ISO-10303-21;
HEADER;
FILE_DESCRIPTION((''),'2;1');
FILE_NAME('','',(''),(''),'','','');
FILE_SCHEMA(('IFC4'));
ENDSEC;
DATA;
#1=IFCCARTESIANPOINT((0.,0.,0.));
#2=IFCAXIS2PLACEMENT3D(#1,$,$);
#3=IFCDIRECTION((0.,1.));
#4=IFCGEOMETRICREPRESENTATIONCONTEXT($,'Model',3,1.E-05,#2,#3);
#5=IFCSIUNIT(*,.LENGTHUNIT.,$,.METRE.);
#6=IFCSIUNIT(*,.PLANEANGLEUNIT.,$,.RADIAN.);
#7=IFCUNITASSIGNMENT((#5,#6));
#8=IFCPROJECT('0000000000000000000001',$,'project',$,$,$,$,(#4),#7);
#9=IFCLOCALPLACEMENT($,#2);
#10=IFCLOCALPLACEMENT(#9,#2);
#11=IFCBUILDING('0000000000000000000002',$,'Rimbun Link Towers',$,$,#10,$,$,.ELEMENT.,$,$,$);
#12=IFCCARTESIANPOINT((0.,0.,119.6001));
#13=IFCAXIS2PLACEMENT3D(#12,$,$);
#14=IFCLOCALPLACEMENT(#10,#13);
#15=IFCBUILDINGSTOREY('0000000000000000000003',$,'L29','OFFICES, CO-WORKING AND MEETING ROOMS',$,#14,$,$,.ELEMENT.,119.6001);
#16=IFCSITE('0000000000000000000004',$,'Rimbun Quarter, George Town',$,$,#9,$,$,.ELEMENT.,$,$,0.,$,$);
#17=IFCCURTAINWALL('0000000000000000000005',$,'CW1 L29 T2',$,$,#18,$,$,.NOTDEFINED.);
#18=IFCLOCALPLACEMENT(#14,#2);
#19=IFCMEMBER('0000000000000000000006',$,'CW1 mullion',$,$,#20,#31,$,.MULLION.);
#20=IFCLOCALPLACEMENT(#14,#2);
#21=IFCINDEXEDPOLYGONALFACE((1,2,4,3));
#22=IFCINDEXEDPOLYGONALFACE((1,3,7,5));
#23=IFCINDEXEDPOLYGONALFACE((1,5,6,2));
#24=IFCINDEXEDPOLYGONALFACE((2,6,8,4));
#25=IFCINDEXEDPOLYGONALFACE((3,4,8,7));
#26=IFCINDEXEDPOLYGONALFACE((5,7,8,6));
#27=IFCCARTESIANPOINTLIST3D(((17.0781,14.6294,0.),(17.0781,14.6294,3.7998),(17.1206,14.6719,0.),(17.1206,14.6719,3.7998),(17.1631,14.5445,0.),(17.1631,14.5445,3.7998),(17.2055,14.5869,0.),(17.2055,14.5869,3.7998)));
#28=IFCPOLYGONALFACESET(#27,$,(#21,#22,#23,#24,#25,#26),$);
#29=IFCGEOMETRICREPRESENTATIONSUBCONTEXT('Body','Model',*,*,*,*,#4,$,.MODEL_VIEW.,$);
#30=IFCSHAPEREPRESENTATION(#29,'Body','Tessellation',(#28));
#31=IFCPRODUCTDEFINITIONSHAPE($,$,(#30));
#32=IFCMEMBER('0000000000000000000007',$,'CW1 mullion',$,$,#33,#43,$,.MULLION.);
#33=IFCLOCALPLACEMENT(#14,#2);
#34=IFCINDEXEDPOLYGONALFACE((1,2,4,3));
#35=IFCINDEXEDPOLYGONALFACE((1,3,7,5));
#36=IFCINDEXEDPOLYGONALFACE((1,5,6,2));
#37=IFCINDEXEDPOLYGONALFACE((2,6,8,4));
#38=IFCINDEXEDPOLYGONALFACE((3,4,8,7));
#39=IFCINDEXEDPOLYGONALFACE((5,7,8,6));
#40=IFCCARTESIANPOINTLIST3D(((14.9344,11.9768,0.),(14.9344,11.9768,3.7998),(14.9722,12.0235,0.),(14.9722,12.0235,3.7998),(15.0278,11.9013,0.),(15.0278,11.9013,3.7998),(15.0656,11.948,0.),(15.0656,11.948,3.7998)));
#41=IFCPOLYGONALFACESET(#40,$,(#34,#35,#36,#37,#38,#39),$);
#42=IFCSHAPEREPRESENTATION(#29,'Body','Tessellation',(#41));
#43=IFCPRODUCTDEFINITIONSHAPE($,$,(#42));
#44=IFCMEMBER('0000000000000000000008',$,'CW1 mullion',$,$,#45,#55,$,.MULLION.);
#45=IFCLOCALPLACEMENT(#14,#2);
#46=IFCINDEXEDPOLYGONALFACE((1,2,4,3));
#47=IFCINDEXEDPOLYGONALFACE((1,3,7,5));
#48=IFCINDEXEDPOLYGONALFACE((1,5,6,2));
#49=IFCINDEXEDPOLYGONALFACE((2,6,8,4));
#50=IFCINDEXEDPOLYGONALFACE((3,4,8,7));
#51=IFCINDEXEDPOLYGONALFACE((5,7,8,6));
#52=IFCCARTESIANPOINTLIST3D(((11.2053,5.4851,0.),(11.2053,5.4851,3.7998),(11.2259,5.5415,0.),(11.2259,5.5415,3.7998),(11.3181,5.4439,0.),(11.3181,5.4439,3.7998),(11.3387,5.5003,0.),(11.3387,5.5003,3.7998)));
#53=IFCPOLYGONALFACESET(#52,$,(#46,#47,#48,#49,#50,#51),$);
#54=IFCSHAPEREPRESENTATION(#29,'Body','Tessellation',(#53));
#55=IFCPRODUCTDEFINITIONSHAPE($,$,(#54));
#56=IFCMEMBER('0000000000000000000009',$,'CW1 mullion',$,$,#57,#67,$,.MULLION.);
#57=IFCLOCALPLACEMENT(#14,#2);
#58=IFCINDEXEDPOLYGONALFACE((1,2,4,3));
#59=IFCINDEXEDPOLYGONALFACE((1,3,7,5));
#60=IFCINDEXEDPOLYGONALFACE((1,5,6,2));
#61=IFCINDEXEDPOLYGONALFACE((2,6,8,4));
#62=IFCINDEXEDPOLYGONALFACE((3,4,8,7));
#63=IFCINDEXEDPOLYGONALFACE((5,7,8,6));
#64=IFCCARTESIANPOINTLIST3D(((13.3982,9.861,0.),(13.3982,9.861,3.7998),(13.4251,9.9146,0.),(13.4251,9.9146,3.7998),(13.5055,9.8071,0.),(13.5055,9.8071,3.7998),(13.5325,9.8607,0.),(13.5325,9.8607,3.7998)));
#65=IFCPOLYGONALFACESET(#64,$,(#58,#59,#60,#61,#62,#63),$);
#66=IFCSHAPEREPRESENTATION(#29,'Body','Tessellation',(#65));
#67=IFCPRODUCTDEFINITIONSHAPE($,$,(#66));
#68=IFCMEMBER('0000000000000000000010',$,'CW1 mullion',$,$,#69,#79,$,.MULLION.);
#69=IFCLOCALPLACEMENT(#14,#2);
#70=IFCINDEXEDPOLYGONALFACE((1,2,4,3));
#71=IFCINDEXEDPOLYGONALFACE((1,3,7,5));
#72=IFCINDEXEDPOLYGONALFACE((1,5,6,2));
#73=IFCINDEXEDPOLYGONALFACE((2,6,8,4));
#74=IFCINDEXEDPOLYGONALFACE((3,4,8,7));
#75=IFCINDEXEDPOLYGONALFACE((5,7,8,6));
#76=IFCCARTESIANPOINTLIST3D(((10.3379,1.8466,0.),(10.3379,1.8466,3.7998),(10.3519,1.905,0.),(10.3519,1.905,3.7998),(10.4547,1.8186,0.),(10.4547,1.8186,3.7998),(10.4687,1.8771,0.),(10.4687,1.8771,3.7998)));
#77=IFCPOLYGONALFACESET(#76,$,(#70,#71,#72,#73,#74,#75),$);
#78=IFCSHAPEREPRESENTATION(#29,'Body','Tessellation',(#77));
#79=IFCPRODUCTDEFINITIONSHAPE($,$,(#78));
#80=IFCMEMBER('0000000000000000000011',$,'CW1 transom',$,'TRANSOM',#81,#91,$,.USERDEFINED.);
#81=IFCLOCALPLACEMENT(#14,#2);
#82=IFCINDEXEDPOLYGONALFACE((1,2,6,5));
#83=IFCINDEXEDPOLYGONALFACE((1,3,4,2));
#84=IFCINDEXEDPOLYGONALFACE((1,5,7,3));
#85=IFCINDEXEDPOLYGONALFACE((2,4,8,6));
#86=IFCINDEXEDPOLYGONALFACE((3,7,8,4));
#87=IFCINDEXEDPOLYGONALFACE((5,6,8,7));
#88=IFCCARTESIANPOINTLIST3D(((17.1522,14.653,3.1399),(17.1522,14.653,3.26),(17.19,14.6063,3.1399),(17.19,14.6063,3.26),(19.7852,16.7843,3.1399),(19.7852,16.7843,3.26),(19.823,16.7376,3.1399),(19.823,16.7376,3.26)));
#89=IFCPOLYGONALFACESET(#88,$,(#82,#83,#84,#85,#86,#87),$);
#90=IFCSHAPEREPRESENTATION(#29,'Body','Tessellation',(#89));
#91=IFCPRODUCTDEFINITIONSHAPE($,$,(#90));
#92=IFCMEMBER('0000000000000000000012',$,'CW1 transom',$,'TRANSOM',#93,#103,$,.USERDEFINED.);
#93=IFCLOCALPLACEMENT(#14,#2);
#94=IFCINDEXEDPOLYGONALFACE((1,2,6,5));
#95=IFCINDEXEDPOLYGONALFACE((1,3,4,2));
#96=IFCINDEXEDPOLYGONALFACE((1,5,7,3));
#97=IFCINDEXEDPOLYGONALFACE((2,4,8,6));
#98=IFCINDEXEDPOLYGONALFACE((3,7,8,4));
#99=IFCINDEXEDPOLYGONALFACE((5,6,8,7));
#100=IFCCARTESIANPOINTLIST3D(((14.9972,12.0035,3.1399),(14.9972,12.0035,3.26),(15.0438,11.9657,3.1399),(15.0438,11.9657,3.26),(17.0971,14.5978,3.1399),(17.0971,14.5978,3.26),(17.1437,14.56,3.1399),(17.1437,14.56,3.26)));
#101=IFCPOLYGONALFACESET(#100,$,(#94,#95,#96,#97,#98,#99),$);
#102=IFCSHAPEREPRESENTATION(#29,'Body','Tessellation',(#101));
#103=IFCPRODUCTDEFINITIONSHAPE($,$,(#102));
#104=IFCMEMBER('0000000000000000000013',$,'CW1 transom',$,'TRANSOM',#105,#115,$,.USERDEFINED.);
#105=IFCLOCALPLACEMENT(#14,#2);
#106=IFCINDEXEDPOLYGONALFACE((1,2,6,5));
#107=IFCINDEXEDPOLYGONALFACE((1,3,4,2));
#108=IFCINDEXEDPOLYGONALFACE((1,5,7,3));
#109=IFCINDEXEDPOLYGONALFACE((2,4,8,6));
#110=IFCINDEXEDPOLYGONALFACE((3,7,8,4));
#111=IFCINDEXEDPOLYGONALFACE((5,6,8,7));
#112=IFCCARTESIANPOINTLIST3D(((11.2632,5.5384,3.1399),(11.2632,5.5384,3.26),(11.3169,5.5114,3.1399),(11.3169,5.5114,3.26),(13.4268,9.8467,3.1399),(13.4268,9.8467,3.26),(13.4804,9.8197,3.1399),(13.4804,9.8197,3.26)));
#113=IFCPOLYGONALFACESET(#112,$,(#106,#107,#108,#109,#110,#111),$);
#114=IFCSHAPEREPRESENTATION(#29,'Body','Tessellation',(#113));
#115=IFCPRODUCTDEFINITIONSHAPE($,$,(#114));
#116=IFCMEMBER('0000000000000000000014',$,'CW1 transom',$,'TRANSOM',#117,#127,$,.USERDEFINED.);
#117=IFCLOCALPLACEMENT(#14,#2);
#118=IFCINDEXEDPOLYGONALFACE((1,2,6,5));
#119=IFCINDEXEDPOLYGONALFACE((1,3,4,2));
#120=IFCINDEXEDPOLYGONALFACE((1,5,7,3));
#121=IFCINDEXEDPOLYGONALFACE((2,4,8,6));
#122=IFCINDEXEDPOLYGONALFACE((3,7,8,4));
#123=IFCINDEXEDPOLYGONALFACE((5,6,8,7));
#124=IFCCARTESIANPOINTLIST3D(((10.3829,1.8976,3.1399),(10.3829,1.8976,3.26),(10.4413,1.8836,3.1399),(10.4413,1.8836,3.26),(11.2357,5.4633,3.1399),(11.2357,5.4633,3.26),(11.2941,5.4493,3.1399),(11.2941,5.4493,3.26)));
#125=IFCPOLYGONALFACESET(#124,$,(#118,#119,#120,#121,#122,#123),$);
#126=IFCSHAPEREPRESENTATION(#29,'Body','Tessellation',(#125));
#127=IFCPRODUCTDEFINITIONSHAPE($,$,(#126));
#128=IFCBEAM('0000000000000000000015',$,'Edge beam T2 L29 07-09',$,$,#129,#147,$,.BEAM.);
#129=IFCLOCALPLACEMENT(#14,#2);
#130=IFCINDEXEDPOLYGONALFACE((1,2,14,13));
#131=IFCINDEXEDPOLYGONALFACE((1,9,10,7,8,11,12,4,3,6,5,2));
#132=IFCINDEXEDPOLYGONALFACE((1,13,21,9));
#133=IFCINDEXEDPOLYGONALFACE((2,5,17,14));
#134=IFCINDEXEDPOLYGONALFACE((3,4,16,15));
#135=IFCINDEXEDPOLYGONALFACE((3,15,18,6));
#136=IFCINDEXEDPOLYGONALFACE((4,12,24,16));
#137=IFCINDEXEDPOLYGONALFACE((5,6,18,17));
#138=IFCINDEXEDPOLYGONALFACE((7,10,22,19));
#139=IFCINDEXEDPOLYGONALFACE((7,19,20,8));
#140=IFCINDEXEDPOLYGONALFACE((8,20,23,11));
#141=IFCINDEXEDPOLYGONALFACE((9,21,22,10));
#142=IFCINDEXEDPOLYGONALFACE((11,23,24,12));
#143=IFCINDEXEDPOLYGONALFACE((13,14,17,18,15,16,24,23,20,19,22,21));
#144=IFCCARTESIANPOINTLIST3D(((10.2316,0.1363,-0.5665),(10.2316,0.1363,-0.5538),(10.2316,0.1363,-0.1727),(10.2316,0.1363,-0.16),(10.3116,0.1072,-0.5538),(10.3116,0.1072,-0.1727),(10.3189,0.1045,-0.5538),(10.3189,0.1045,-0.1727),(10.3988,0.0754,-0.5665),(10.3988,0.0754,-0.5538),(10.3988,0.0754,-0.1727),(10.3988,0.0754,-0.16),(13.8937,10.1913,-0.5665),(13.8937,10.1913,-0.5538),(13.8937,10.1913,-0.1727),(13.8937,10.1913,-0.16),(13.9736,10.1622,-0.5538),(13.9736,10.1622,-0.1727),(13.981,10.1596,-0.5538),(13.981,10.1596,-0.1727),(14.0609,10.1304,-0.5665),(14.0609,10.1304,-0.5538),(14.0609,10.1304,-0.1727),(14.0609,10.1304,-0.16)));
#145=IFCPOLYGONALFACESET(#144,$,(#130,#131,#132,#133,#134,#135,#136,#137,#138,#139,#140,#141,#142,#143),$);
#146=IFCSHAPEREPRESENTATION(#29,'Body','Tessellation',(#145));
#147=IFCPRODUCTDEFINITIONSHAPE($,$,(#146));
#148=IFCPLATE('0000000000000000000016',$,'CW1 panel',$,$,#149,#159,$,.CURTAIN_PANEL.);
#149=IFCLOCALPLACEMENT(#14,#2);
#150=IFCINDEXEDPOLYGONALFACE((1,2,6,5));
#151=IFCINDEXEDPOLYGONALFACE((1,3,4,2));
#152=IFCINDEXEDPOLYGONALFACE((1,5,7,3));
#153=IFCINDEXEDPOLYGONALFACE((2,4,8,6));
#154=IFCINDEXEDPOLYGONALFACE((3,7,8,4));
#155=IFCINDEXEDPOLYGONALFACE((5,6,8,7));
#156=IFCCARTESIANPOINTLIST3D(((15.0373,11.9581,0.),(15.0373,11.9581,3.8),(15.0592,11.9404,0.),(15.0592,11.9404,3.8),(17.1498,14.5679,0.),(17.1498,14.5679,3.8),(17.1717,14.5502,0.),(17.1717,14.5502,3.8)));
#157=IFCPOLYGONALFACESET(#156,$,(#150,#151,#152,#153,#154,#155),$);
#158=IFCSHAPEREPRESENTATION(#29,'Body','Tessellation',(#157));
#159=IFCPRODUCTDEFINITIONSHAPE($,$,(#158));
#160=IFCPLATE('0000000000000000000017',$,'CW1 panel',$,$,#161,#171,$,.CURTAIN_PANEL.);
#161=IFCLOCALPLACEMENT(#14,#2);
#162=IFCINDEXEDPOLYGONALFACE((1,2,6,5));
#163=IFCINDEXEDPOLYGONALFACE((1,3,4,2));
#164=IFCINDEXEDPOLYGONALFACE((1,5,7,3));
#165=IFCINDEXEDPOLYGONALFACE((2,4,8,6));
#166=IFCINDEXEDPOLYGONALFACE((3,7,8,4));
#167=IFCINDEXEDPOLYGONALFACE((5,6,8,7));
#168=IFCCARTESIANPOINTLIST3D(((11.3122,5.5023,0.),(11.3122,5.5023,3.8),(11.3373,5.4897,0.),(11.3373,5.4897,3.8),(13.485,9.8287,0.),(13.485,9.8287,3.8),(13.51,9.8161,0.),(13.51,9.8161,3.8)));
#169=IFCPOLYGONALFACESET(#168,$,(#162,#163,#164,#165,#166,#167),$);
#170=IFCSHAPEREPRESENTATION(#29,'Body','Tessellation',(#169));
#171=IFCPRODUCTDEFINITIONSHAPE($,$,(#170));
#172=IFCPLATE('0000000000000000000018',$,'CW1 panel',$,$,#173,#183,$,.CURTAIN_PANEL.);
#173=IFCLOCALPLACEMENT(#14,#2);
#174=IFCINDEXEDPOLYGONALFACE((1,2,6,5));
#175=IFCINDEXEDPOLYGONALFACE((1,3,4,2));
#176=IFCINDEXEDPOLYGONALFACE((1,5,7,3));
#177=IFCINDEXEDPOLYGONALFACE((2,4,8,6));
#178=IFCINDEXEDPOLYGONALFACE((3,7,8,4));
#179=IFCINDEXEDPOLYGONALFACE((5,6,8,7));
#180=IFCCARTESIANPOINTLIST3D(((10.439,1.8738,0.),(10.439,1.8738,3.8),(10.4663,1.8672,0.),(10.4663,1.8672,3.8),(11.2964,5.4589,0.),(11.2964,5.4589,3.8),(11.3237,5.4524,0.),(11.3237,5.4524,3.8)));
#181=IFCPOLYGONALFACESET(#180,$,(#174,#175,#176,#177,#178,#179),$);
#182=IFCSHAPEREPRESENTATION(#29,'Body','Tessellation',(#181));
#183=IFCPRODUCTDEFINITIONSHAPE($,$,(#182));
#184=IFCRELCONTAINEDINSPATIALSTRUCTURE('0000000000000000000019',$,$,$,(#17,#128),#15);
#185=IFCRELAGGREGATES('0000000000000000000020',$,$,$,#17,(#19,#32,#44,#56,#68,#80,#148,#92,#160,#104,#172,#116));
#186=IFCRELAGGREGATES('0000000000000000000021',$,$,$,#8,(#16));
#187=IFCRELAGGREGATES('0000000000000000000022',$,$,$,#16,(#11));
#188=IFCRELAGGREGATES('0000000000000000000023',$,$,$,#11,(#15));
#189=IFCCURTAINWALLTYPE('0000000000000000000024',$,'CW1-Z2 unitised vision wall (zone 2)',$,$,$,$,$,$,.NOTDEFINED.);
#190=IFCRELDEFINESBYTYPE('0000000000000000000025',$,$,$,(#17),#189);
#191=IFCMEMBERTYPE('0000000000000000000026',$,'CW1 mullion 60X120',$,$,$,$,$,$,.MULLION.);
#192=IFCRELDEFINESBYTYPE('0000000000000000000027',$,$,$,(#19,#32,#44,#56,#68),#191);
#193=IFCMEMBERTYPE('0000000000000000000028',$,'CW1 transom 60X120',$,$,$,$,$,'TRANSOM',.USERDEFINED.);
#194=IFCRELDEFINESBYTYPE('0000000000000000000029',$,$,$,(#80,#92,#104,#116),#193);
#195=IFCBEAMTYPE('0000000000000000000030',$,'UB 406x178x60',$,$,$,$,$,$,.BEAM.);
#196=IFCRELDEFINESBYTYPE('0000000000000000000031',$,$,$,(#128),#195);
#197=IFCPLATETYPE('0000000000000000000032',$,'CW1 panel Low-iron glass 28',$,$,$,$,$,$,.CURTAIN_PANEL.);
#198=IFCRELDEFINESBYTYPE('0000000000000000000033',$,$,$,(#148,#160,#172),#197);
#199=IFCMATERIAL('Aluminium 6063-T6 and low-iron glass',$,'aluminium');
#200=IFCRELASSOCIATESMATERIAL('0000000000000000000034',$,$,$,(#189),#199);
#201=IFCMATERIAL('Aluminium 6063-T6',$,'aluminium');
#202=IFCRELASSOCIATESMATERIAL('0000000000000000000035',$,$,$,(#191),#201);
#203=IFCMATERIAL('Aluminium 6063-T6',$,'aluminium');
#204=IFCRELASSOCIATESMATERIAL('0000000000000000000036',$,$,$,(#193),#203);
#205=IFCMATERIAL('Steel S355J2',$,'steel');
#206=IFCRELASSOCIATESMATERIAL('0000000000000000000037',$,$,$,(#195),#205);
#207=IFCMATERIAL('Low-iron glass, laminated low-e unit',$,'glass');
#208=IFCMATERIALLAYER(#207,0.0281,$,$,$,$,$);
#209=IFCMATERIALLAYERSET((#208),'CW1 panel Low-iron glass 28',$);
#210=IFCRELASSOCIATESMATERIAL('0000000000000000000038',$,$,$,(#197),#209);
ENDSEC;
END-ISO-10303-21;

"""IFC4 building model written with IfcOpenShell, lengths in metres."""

from ifc_helpers import new_model, si_unit, direction, frame, origin, origin_2d, place, context, subcontext, project, spatial, rectangle, i_section, extrude, material, layer, layer_set, material_profile, profile_set, type_object, element, aggregate, save


model = new_model("IFC4")

# Units and contexts
model_context = context("Model", 3, precision=1e-05, world=origin(), true_north=direction((0.0, 1.0)))
body_context = subcontext(model_context, "Body", "Model", "MODEL_VIEW")
ifc_project = project(units=[si_unit("LENGTHUNIT", "METRE"), si_unit("PLANEANGLEUNIT", "RADIAN")], contexts=[model_context])

# Site, building, storey
site_placement = place(None, origin())
site = spatial("IfcSite", under=ifc_project, at=site_placement, Name="Rimbun Quarter, George Town", CompositionType="ELEMENT", RefElevation=0.0)
building_placement = place(site_placement, origin())
building = spatial("IfcBuilding", under=site, at=building_placement, Name="Rimbun Link Towers", CompositionType="ELEMENT")
storey_placement = place(building_placement, frame((0.0, 0.0, 119.6001)))
storey = spatial("IfcBuildingStorey", under=building, at=storey_placement, Name="L29", Description="OFFICES, CO-WORKING AND MEETING ROOMS", CompositionType="ELEMENT", Elevation=119.6001)

# Curtain wall, members
ifc_material_1 = material(Name="Aluminium 6063-T6 and low-iron glass", Category="aluminium")
curtain_wall_type = type_object("IfcCurtainWallType", Name="CW1-Z2 unitised vision wall (zone 2)", PredefinedType="NOTDEFINED", material=ifc_material_1)
curtain_wall_placement = place(storey_placement, origin())
curtain_wall = element("IfcCurtainWall", 1, at=curtain_wall_placement, inside=storey, type_object=curtain_wall_type, Name="CW1 L29 T2", PredefinedType="NOTDEFINED")
ifc_material_2 = material(Name="Aluminium 6063-T6", Category="aluminium")
ifc_material_profile_1 = material_profile(ifc_material_2, rectangle(XDim=0.1201, YDim=0.0601, at=origin_2d()), Name="MULLION 60X120")
ifc_profile_set_1 = profile_set([ifc_material_profile_1], Name="Aluminium 6063-T6")
member_type_1 = type_object("IfcMemberType", Name="CW1 mullion 60X120", PredefinedType="MULLION", material=ifc_profile_set_1)
member_1_placement = place(storey_placement, frame((17.1418, 14.6082, 0.0), z_axis=(0.0, 0.0, 1.0), x_axis=(-0.707107, 0.707107, 0.0)))
member_1 = element("IfcMember", 2, at=member_1_placement, type_object=member_type_1, Name="CW1 mullion", PredefinedType="MULLION", context=body_context, shape_type="SweptSolid", body=[
    extrude(rectangle(XDim=0.1201, YDim=0.0601, at=origin_2d()), origin(), (0.0, 0.0, 1.0), 3.7998),
])
member_2_placement = place(storey_placement, frame((15.0, 11.9624, 0.0), z_axis=(0.0, 0.0, 1.0), x_axis=(-0.777277, 0.629158, 0.0)))
member_2 = element("IfcMember", 3, at=member_2_placement, type_object=member_type_1, Name="CW1 mullion", PredefinedType="MULLION", context=body_context, shape_type="SweptSolid", body=[
    extrude(rectangle(XDim=0.1201, YDim=0.0601, at=origin_2d()), origin(), (0.0, 0.0, 1.0), 3.7998),
])
member_3_placement = place(storey_placement, frame((11.272, 5.4927, 0.0), z_axis=(0.0, 0.0, 1.0), x_axis=(-0.939345, 0.342975, 0.0)))
member_3 = element("IfcMember", 4, at=member_3_placement, type_object=member_type_1, Name="CW1 mullion", PredefinedType="MULLION", context=body_context, shape_type="SweptSolid", body=[
    extrude(rectangle(XDim=0.1201, YDim=0.0601, at=origin_2d()), origin(), (0.0, 0.0, 1.0), 3.7998),
])
member_4_placement = place(storey_placement, frame((13.4653, 9.8608, 0.0), z_axis=(0.0, 0.0, 1.0), x_axis=(-0.893638, 0.448789, 0.0)))
member_4 = element("IfcMember", 5, at=member_4_placement, type_object=member_type_1, Name="CW1 mullion", PredefinedType="MULLION", context=body_context, shape_type="SweptSolid", body=[
    extrude(rectangle(XDim=0.1201, YDim=0.0601, at=origin_2d()), origin(), (0.0, 0.0, 1.0), 3.7998),
])
member_5_placement = place(storey_placement, frame((10.4033, 1.8618, 0.0), z_axis=(0.0, 0.0, 1.0), x_axis=(-0.972572, 0.232603, 0.0)))
member_5 = element("IfcMember", 6, at=member_5_placement, type_object=member_type_1, Name="CW1 mullion", PredefinedType="MULLION", context=body_context, shape_type="SweptSolid", body=[
    extrude(rectangle(XDim=0.1201, YDim=0.0601, at=origin_2d()), origin(), (0.0, 0.0, 1.0), 3.7998),
])
ifc_material_3 = material(Name="Aluminium 6063-T6", Category="aluminium")
ifc_material_profile_2 = material_profile(ifc_material_3, rectangle(XDim=0.0601, YDim=0.1201, at=origin_2d()), Name="TRANSOM 60X120")
ifc_profile_set_2 = profile_set([ifc_material_profile_2], Name="Aluminium 6063-T6")
member_type_2 = type_object("IfcMemberType", Name="CW1 transom 60X120", ElementType="TRANSOM", PredefinedType="USERDEFINED", material=ifc_profile_set_2)
member_6_placement = place(storey_placement, frame((17.1711, 14.6296, 3.2), z_axis=(0.77727, 0.629167, 0.0), x_axis=(-0.629167, 0.77727, 0.0)))
member_6 = element("IfcMember", 7, at=member_6_placement, type_object=member_type_2, Name="CW1 transom", ObjectType="TRANSOM", PredefinedType="USERDEFINED", context=body_context, shape_type="SweptSolid", body=[
    extrude(rectangle(XDim=0.0601, YDim=0.1201, at=origin_2d()), origin(), (0.0, 0.0, 1.0), 3.3875),
])
member_7_placement = place(storey_placement, frame((15.0205, 11.9846, 3.2), z_axis=(0.629154, 0.777281, 0.0), x_axis=(-0.777281, 0.629154, 0.0)))
member_7 = element("IfcMember", 8, at=member_7_placement, type_object=member_type_2, Name="CW1 transom", ObjectType="TRANSOM", PredefinedType="USERDEFINED", context=body_context, shape_type="SweptSolid", body=[
    extrude(rectangle(XDim=0.0601, YDim=0.1201, at=origin_2d()), origin(), (0.0, 0.0, 1.0), 3.3376),
])
member_8_placement = place(storey_placement, frame((11.29, 5.5249, 3.2), z_axis=(0.448773, 0.893646, 0.0), x_axis=(-0.893646, 0.448773, 0.0)))
member_8 = element("IfcMember", 9, at=member_8_placement, type_object=member_type_2, Name="CW1 transom", ObjectType="TRANSOM", PredefinedType="USERDEFINED", context=body_context, shape_type="SweptSolid", body=[
    extrude(rectangle(XDim=0.0601, YDim=0.1201, at=origin_2d()), origin(), (0.0, 0.0, 1.0), 4.821),
])
member_9_placement = place(storey_placement, frame((10.4121, 1.8906, 3.2), z_axis=(0.232605, 0.972571, 0.0), x_axis=(-0.972571, 0.232605, 0.0)))
member_9 = element("IfcMember", 10, at=member_9_placement, type_object=member_type_2, Name="CW1 transom", ObjectType="TRANSOM", PredefinedType="USERDEFINED", context=body_context, shape_type="SweptSolid", body=[
    extrude(rectangle(XDim=0.0601, YDim=0.1201, at=origin_2d()), origin(), (0.0, 0.0, 1.0), 3.6663),
])

# Beam
ifc_material_4 = material(Name="Steel S355J2", Category="steel")
ifc_material_profile_3 = material_profile(ifc_material_4, i_section(OverallWidth=0.178, OverallDepth=0.4065, WebThickness=0.0078, FlangeThickness=0.0127, at=origin_2d()), Name="UB 406x178x60")
ifc_profile_set_3 = profile_set([ifc_material_profile_3], Name="Steel S355J2")
beam_type = type_object("IfcBeamType", Name="UB 406x178x60", PredefinedType="BEAM", material=ifc_profile_set_3)
beam_placement = place(storey_placement, frame((13.9773, 10.1609, -0.3633), z_axis=(-0.342212, -0.939623, 0.0), x_axis=(0.939623, -0.342212, 0.0)))
element("IfcBeam", 11, at=beam_placement, inside=storey, type_object=beam_type, Name="Edge beam T2 L29 07-09", PredefinedType="BEAM", context=body_context, shape_type="SweptSolid", body=[
    extrude(i_section(OverallWidth=0.178, OverallDepth=0.4065, WebThickness=0.0078, FlangeThickness=0.0127, at=origin_2d()), origin(), (0.0, 0.0, 1.0), 10.7012),
])

# Plates
ifc_material_5 = material(Name="Low-iron glass, laminated low-e unit", Category="glass")
ifc_layer_1 = layer(ifc_material_5, 0.0281)
ifc_layer_set_1 = layer_set([ifc_layer_1], Name="CW1 panel Low-iron glass 28")
plate_type = type_object("IfcPlateType", Name="CW1 panel Low-iron glass 28", PredefinedType="CURTAIN_PANEL", material=ifc_layer_set_1)
plate_1_placement = place(storey_placement, frame((16.1045, 13.2542, 0.0), z_axis=(0.0, 0.0, 1.0), x_axis=(0.629158, 0.777277, 0.0)))
plate_1 = element("IfcPlate", 12, at=plate_1_placement, type_object=plate_type, Name="CW1 panel", PredefinedType="CURTAIN_PANEL", context=body_context, shape_type="SweptSolid", body=[
    extrude(rectangle(XDim=3.3577, YDim=0.0281, at=origin_2d()), origin(), (0.0, 0.0, 1.0), 3.8),
])
plate_2_placement = place(storey_placement, frame((12.4111, 7.6592, 0.0), z_axis=(0.0, 0.0, 1.0), x_axis=(0.448789, 0.893638, 0.0)))
plate_2 = element("IfcPlate", 13, at=plate_2_placement, type_object=plate_type, Name="CW1 panel", PredefinedType="CURTAIN_PANEL", context=body_context, shape_type="SweptSolid", body=[
    extrude(rectangle(XDim=4.8413, YDim=0.0281, at=origin_2d()), origin(), (0.0, 0.0, 1.0), 3.8),
])
plate_3_placement = place(storey_placement, frame((10.8813, 3.6631, 0.0), z_axis=(0.0, 0.0, 1.0), x_axis=(0.232603, 0.972572, 0.0)))
plate_3 = element("IfcPlate", 14, at=plate_3_placement, type_object=plate_type, Name="CW1 panel", PredefinedType="CURTAIN_PANEL", context=body_context, shape_type="SweptSolid", body=[
    extrude(rectangle(XDim=3.6863, YDim=0.0281, at=origin_2d()), origin(), (0.0, 0.0, 1.0), 3.8),
])
aggregate(curtain_wall, [member_1, member_2, member_3, member_4, member_5, member_6, plate_1, member_7, plate_2, member_8, plate_3, member_9])

save(model, "model.ifc")
